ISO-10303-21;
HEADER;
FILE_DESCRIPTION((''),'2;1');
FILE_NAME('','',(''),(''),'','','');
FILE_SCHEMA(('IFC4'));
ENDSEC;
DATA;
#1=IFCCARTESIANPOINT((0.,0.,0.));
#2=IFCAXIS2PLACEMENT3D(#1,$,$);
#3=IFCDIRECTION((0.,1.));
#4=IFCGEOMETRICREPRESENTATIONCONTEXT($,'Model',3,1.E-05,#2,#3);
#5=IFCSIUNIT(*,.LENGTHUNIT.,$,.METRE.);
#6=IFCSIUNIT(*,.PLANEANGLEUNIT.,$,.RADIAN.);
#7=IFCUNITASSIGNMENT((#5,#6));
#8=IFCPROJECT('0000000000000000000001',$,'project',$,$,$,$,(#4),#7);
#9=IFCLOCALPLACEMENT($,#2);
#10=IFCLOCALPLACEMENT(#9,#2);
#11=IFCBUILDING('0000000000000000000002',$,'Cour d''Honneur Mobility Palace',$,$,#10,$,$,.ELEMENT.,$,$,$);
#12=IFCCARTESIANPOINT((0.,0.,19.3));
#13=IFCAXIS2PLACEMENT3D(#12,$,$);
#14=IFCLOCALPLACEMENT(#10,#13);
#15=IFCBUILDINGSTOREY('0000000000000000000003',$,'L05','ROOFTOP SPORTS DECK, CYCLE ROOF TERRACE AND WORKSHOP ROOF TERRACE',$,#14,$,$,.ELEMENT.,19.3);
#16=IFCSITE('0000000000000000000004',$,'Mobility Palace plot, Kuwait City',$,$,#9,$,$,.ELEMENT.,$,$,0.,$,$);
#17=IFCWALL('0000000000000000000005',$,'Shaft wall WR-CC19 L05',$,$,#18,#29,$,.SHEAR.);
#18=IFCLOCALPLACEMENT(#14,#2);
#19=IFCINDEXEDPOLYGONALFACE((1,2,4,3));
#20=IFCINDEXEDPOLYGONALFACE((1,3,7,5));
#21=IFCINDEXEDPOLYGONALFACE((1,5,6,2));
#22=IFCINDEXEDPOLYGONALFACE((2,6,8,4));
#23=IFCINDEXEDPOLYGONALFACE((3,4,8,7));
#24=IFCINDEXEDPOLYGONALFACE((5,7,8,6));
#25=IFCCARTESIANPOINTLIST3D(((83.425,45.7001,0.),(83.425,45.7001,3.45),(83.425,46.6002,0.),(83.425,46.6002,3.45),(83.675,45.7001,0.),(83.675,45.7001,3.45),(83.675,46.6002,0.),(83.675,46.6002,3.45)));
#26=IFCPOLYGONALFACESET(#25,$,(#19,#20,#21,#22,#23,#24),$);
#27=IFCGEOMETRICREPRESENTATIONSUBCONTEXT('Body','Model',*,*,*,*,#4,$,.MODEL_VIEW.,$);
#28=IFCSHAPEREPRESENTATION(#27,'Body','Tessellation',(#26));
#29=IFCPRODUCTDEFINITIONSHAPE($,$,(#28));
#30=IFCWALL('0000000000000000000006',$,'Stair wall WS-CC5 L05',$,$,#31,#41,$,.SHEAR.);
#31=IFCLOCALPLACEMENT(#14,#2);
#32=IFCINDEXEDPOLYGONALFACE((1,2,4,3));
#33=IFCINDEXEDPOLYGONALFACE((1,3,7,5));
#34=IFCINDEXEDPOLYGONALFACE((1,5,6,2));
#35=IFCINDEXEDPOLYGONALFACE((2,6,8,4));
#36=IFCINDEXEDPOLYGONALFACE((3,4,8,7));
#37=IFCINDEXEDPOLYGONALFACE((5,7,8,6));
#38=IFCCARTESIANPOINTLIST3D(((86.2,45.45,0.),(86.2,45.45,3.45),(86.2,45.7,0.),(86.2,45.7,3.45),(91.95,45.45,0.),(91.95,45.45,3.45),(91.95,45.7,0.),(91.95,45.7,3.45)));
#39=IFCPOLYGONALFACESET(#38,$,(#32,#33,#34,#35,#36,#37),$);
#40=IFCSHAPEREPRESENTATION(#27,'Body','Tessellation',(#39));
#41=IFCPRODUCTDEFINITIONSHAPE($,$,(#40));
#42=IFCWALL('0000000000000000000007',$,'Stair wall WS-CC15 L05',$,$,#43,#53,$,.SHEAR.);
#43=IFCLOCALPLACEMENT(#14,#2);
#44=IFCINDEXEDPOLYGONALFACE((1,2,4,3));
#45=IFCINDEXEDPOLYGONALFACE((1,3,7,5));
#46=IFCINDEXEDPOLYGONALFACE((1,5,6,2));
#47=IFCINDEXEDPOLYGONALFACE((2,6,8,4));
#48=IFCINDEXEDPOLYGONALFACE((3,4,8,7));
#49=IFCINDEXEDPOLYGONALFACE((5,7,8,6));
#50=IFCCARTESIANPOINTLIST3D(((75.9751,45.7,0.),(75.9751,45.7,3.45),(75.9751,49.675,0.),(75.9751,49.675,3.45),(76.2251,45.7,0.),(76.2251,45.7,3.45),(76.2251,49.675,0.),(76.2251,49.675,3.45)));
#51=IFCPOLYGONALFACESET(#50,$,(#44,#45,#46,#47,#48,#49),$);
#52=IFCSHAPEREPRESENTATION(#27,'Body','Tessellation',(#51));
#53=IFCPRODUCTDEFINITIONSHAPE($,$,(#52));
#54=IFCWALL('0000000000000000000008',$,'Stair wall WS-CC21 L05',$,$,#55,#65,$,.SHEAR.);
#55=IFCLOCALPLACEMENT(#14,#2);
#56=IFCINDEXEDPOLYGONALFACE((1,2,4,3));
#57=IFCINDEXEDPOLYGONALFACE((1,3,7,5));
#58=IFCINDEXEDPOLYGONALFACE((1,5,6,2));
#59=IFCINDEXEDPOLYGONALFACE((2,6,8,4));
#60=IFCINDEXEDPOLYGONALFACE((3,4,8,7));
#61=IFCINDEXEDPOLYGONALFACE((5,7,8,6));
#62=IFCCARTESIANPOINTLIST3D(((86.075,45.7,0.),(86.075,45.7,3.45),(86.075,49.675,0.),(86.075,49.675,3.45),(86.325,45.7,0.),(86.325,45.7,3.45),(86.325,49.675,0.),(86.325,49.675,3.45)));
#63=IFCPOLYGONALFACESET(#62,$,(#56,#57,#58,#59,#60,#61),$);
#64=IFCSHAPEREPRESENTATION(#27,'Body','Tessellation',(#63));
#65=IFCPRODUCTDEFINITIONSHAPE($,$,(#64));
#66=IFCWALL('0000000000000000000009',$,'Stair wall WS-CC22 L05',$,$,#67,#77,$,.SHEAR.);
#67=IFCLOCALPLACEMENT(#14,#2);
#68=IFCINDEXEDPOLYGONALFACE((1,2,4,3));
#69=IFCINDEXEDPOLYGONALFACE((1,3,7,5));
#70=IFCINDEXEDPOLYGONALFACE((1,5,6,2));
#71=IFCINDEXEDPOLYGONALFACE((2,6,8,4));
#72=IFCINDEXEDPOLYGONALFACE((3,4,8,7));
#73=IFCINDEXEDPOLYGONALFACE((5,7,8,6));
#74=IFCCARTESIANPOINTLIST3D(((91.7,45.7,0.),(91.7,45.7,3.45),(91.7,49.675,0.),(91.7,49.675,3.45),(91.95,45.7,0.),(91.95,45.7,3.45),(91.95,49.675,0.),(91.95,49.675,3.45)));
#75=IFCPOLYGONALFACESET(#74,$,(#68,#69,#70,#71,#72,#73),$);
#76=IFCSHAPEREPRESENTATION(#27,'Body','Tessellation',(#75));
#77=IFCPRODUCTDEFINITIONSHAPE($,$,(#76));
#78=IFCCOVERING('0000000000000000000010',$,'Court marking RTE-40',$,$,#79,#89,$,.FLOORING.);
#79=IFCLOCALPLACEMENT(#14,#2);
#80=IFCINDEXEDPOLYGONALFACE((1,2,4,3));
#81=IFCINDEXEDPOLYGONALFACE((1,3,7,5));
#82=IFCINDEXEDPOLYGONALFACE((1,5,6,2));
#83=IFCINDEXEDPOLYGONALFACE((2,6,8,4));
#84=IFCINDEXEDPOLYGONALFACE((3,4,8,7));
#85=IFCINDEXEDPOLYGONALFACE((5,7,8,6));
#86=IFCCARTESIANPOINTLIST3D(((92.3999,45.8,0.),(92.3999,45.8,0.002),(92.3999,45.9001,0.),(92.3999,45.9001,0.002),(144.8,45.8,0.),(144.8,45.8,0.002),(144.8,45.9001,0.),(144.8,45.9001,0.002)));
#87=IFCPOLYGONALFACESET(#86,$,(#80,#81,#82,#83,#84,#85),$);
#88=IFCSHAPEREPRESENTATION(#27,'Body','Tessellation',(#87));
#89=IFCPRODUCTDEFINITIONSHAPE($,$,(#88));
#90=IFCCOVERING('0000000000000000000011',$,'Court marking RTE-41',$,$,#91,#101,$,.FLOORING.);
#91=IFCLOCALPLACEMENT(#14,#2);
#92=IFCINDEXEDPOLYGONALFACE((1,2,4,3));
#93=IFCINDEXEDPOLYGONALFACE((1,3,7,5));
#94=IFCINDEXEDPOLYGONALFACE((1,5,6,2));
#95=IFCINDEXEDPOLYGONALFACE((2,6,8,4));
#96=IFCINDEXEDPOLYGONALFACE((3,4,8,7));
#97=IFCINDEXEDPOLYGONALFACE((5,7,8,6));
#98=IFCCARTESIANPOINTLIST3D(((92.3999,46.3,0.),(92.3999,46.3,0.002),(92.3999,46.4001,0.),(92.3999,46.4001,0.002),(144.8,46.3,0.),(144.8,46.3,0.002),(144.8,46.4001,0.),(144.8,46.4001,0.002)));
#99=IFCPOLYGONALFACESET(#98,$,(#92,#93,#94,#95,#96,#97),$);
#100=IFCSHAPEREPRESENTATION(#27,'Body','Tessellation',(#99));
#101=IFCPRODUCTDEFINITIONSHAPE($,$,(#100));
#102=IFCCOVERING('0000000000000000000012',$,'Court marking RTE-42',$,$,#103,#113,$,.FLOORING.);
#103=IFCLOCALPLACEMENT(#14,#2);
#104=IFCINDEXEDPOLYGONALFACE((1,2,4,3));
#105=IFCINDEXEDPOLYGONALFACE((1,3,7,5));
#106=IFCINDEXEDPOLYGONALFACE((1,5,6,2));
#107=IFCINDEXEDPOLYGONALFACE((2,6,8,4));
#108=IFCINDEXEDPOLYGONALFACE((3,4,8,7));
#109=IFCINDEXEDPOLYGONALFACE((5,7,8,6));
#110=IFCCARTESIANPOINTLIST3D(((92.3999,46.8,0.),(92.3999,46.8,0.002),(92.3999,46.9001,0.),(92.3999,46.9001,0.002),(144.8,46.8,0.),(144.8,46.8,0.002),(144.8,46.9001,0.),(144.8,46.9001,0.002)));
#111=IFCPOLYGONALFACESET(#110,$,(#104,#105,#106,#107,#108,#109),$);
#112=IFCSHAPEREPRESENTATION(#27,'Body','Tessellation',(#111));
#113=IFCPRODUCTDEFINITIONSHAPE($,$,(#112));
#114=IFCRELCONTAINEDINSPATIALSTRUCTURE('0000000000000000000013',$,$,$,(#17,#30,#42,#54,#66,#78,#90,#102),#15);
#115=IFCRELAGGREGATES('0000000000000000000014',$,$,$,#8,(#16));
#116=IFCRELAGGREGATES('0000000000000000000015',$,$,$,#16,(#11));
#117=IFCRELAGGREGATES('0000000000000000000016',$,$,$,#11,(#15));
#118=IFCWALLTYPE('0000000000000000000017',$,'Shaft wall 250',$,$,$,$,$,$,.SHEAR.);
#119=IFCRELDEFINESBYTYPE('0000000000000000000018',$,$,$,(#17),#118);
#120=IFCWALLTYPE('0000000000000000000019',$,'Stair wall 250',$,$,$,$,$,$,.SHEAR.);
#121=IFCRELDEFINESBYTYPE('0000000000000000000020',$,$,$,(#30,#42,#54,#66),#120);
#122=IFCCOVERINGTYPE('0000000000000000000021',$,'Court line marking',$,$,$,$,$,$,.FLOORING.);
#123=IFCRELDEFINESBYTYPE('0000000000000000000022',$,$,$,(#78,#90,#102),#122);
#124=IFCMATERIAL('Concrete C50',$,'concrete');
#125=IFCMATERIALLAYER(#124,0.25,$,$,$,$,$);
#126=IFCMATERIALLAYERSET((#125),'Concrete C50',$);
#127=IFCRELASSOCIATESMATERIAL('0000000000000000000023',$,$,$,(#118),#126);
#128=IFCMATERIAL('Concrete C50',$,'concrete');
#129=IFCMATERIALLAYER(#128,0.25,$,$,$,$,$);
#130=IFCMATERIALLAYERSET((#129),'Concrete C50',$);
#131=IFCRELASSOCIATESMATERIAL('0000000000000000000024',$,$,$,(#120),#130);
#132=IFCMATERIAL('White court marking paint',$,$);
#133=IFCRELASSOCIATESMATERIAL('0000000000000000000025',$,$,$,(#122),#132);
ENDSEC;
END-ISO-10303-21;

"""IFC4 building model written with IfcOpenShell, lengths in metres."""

from ifc_helpers import new_model, si_unit, direction, frame, frame_2d, origin, origin_2d, place, context, subcontext, project, spatial, rectangle, extrude, material, layer, layer_set, material_profile, profile_set, type_object, element, save


model = new_model("IFC4")

# Units and contexts
model_context = context("Model", 3, precision=1e-05, world=origin(), true_north=direction((0.0, 1.0)))
body_context = subcontext(model_context, "Body", "Model", "MODEL_VIEW")
ifc_project = project(units=[si_unit("LENGTHUNIT", "METRE"), si_unit("PLANEANGLEUNIT", "RADIAN")], contexts=[model_context])

# Site, building, storey
site_placement = place(None, origin())
site = spatial("IfcSite", under=ifc_project, at=site_placement, Name="Mobility Palace plot, Kuwait City", CompositionType="ELEMENT", RefElevation=0.0)
building_placement = place(site_placement, origin())
building = spatial("IfcBuilding", under=site, at=building_placement, Name="Cour d'Honneur Mobility Palace", CompositionType="ELEMENT")
storey_placement = place(building_placement, frame((0.0, 0.0, 19.3)))
storey = spatial("IfcBuildingStorey", under=building, at=storey_placement, Name="L05", Description="ROOFTOP SPORTS DECK, CYCLE ROOF TERRACE AND WORKSHOP ROOF TERRACE", CompositionType="ELEMENT", Elevation=19.3)

# Shared definitions
ifc_material_1 = material(Name="Concrete C50", Category="concrete")
ifc_layer_1 = layer(ifc_material_1, 0.25)
ifc_layer_set_1 = layer_set([ifc_layer_1], Name="Concrete C50")
wall_type_1 = type_object("IfcWallType", Name="Shaft wall 250", PredefinedType="SHEAR", material=ifc_layer_set_1)

# Walls
for number, where, z_axis, x_axis, name in (
    (1, (83.55, 45.7, 0.0), (0.0, 0.0, 1.0), (0.0, 1.0, 0.0), "Shaft wall WR-CC19 L05"),
):
    element("IfcWall", number, at=place(storey_placement, frame(where, z_axis=z_axis, x_axis=x_axis)), inside=storey, type_object=wall_type_1, Name=name, PredefinedType="SHEAR", context=body_context, shape_type="SweptSolid", body=[
        extrude(rectangle(XDim=0.9001, YDim=0.25, at=frame_2d((0.4502, 0.0))), origin(), (0.0, 0.0, 1.0), 3.45),
    ])
ifc_material_2 = material(Name="Concrete C50", Category="concrete")
ifc_layer_2 = layer(ifc_material_2, 0.25)
ifc_layer_set_2 = layer_set([ifc_layer_2], Name="Concrete C50")
wall_type_2 = type_object("IfcWallType", Name="Stair wall 250", PredefinedType="SHEAR", material=ifc_layer_set_2)
wall_1_placement = place(storey_placement, frame((86.2, 45.575, 0.0), z_axis=(0.0, 0.0, 1.0), x_axis=(1.0, 0.0, 0.0)))
element("IfcWall", 2, at=wall_1_placement, inside=storey, type_object=wall_type_2, Name="Stair wall WS-CC5 L05", PredefinedType="SHEAR", context=body_context, shape_type="SweptSolid", body=[
    extrude(rectangle(XDim=5.75, YDim=0.25, at=frame_2d((2.875, 0.0))), origin(), (0.0, 0.0, 1.0), 3.45),
])
for number, where, z_axis, x_axis, name in (
    (3, (76.1001, 45.7, 0.0), (0.0, 0.0, 1.0), (0.0, 1.0, 0.0), "Stair wall WS-CC15 L05"),
    (4, (86.2, 45.7, 0.0), (0.0, 0.0, 1.0), (0.0, 1.0, 0.0), "Stair wall WS-CC21 L05"),
    (5, (91.825, 45.7, 0.0), (0.0, 0.0, 1.0), (0.0, 1.0, 0.0), "Stair wall WS-CC22 L05"),
):
    element("IfcWall", number, at=place(storey_placement, frame(where, z_axis=z_axis, x_axis=x_axis)), inside=storey, type_object=wall_type_2, Name=name, PredefinedType="SHEAR", context=body_context, shape_type="SweptSolid", body=[
        extrude(rectangle(XDim=3.9751, YDim=0.25, at=frame_2d((1.9875, 0.0))), origin(), (0.0, 0.0, 1.0), 3.45),
    ])

# Coverings
ifc_material_3 = material(Name="White court marking paint")
ifc_material_profile = material_profile(ifc_material_3, rectangle(XDim=0.1001, YDim=0.002, at=origin_2d()), Name="Court line marking")
ifc_profile_set = profile_set([ifc_material_profile], Name="White court marking paint")
covering_type_1 = type_object("IfcCoveringType", Name="Court line marking", PredefinedType="FLOORING", material=ifc_profile_set)
for number, where, z_axis, x_axis, name in (
    (6, (92.3999, 45.8501, 0.001), (1.0, 0.0, 0.0), (0.0, 1.0, 0.0), "Court marking RTE-40"),
    (7, (92.3999, 46.3501, 0.001), (1.0, 0.0, 0.0), (0.0, 1.0, 0.0), "Court marking RTE-41"),
    (8, (92.3999, 46.8501, 0.001), (1.0, 0.0, 0.0), (0.0, 1.0, 0.0), "Court marking RTE-42"),
):
    element("IfcCovering", number, at=place(storey_placement, frame(where, z_axis=z_axis, x_axis=x_axis)), inside=storey, type_object=covering_type_1, Name=name, PredefinedType="FLOORING", context=body_context, shape_type="SweptSolid", body=[
        extrude(rectangle(XDim=0.1001, YDim=0.002, at=origin_2d()), origin(), (0.0, 0.0, 1.0), 52.4001),
    ])

save(model, "model.ifc")
